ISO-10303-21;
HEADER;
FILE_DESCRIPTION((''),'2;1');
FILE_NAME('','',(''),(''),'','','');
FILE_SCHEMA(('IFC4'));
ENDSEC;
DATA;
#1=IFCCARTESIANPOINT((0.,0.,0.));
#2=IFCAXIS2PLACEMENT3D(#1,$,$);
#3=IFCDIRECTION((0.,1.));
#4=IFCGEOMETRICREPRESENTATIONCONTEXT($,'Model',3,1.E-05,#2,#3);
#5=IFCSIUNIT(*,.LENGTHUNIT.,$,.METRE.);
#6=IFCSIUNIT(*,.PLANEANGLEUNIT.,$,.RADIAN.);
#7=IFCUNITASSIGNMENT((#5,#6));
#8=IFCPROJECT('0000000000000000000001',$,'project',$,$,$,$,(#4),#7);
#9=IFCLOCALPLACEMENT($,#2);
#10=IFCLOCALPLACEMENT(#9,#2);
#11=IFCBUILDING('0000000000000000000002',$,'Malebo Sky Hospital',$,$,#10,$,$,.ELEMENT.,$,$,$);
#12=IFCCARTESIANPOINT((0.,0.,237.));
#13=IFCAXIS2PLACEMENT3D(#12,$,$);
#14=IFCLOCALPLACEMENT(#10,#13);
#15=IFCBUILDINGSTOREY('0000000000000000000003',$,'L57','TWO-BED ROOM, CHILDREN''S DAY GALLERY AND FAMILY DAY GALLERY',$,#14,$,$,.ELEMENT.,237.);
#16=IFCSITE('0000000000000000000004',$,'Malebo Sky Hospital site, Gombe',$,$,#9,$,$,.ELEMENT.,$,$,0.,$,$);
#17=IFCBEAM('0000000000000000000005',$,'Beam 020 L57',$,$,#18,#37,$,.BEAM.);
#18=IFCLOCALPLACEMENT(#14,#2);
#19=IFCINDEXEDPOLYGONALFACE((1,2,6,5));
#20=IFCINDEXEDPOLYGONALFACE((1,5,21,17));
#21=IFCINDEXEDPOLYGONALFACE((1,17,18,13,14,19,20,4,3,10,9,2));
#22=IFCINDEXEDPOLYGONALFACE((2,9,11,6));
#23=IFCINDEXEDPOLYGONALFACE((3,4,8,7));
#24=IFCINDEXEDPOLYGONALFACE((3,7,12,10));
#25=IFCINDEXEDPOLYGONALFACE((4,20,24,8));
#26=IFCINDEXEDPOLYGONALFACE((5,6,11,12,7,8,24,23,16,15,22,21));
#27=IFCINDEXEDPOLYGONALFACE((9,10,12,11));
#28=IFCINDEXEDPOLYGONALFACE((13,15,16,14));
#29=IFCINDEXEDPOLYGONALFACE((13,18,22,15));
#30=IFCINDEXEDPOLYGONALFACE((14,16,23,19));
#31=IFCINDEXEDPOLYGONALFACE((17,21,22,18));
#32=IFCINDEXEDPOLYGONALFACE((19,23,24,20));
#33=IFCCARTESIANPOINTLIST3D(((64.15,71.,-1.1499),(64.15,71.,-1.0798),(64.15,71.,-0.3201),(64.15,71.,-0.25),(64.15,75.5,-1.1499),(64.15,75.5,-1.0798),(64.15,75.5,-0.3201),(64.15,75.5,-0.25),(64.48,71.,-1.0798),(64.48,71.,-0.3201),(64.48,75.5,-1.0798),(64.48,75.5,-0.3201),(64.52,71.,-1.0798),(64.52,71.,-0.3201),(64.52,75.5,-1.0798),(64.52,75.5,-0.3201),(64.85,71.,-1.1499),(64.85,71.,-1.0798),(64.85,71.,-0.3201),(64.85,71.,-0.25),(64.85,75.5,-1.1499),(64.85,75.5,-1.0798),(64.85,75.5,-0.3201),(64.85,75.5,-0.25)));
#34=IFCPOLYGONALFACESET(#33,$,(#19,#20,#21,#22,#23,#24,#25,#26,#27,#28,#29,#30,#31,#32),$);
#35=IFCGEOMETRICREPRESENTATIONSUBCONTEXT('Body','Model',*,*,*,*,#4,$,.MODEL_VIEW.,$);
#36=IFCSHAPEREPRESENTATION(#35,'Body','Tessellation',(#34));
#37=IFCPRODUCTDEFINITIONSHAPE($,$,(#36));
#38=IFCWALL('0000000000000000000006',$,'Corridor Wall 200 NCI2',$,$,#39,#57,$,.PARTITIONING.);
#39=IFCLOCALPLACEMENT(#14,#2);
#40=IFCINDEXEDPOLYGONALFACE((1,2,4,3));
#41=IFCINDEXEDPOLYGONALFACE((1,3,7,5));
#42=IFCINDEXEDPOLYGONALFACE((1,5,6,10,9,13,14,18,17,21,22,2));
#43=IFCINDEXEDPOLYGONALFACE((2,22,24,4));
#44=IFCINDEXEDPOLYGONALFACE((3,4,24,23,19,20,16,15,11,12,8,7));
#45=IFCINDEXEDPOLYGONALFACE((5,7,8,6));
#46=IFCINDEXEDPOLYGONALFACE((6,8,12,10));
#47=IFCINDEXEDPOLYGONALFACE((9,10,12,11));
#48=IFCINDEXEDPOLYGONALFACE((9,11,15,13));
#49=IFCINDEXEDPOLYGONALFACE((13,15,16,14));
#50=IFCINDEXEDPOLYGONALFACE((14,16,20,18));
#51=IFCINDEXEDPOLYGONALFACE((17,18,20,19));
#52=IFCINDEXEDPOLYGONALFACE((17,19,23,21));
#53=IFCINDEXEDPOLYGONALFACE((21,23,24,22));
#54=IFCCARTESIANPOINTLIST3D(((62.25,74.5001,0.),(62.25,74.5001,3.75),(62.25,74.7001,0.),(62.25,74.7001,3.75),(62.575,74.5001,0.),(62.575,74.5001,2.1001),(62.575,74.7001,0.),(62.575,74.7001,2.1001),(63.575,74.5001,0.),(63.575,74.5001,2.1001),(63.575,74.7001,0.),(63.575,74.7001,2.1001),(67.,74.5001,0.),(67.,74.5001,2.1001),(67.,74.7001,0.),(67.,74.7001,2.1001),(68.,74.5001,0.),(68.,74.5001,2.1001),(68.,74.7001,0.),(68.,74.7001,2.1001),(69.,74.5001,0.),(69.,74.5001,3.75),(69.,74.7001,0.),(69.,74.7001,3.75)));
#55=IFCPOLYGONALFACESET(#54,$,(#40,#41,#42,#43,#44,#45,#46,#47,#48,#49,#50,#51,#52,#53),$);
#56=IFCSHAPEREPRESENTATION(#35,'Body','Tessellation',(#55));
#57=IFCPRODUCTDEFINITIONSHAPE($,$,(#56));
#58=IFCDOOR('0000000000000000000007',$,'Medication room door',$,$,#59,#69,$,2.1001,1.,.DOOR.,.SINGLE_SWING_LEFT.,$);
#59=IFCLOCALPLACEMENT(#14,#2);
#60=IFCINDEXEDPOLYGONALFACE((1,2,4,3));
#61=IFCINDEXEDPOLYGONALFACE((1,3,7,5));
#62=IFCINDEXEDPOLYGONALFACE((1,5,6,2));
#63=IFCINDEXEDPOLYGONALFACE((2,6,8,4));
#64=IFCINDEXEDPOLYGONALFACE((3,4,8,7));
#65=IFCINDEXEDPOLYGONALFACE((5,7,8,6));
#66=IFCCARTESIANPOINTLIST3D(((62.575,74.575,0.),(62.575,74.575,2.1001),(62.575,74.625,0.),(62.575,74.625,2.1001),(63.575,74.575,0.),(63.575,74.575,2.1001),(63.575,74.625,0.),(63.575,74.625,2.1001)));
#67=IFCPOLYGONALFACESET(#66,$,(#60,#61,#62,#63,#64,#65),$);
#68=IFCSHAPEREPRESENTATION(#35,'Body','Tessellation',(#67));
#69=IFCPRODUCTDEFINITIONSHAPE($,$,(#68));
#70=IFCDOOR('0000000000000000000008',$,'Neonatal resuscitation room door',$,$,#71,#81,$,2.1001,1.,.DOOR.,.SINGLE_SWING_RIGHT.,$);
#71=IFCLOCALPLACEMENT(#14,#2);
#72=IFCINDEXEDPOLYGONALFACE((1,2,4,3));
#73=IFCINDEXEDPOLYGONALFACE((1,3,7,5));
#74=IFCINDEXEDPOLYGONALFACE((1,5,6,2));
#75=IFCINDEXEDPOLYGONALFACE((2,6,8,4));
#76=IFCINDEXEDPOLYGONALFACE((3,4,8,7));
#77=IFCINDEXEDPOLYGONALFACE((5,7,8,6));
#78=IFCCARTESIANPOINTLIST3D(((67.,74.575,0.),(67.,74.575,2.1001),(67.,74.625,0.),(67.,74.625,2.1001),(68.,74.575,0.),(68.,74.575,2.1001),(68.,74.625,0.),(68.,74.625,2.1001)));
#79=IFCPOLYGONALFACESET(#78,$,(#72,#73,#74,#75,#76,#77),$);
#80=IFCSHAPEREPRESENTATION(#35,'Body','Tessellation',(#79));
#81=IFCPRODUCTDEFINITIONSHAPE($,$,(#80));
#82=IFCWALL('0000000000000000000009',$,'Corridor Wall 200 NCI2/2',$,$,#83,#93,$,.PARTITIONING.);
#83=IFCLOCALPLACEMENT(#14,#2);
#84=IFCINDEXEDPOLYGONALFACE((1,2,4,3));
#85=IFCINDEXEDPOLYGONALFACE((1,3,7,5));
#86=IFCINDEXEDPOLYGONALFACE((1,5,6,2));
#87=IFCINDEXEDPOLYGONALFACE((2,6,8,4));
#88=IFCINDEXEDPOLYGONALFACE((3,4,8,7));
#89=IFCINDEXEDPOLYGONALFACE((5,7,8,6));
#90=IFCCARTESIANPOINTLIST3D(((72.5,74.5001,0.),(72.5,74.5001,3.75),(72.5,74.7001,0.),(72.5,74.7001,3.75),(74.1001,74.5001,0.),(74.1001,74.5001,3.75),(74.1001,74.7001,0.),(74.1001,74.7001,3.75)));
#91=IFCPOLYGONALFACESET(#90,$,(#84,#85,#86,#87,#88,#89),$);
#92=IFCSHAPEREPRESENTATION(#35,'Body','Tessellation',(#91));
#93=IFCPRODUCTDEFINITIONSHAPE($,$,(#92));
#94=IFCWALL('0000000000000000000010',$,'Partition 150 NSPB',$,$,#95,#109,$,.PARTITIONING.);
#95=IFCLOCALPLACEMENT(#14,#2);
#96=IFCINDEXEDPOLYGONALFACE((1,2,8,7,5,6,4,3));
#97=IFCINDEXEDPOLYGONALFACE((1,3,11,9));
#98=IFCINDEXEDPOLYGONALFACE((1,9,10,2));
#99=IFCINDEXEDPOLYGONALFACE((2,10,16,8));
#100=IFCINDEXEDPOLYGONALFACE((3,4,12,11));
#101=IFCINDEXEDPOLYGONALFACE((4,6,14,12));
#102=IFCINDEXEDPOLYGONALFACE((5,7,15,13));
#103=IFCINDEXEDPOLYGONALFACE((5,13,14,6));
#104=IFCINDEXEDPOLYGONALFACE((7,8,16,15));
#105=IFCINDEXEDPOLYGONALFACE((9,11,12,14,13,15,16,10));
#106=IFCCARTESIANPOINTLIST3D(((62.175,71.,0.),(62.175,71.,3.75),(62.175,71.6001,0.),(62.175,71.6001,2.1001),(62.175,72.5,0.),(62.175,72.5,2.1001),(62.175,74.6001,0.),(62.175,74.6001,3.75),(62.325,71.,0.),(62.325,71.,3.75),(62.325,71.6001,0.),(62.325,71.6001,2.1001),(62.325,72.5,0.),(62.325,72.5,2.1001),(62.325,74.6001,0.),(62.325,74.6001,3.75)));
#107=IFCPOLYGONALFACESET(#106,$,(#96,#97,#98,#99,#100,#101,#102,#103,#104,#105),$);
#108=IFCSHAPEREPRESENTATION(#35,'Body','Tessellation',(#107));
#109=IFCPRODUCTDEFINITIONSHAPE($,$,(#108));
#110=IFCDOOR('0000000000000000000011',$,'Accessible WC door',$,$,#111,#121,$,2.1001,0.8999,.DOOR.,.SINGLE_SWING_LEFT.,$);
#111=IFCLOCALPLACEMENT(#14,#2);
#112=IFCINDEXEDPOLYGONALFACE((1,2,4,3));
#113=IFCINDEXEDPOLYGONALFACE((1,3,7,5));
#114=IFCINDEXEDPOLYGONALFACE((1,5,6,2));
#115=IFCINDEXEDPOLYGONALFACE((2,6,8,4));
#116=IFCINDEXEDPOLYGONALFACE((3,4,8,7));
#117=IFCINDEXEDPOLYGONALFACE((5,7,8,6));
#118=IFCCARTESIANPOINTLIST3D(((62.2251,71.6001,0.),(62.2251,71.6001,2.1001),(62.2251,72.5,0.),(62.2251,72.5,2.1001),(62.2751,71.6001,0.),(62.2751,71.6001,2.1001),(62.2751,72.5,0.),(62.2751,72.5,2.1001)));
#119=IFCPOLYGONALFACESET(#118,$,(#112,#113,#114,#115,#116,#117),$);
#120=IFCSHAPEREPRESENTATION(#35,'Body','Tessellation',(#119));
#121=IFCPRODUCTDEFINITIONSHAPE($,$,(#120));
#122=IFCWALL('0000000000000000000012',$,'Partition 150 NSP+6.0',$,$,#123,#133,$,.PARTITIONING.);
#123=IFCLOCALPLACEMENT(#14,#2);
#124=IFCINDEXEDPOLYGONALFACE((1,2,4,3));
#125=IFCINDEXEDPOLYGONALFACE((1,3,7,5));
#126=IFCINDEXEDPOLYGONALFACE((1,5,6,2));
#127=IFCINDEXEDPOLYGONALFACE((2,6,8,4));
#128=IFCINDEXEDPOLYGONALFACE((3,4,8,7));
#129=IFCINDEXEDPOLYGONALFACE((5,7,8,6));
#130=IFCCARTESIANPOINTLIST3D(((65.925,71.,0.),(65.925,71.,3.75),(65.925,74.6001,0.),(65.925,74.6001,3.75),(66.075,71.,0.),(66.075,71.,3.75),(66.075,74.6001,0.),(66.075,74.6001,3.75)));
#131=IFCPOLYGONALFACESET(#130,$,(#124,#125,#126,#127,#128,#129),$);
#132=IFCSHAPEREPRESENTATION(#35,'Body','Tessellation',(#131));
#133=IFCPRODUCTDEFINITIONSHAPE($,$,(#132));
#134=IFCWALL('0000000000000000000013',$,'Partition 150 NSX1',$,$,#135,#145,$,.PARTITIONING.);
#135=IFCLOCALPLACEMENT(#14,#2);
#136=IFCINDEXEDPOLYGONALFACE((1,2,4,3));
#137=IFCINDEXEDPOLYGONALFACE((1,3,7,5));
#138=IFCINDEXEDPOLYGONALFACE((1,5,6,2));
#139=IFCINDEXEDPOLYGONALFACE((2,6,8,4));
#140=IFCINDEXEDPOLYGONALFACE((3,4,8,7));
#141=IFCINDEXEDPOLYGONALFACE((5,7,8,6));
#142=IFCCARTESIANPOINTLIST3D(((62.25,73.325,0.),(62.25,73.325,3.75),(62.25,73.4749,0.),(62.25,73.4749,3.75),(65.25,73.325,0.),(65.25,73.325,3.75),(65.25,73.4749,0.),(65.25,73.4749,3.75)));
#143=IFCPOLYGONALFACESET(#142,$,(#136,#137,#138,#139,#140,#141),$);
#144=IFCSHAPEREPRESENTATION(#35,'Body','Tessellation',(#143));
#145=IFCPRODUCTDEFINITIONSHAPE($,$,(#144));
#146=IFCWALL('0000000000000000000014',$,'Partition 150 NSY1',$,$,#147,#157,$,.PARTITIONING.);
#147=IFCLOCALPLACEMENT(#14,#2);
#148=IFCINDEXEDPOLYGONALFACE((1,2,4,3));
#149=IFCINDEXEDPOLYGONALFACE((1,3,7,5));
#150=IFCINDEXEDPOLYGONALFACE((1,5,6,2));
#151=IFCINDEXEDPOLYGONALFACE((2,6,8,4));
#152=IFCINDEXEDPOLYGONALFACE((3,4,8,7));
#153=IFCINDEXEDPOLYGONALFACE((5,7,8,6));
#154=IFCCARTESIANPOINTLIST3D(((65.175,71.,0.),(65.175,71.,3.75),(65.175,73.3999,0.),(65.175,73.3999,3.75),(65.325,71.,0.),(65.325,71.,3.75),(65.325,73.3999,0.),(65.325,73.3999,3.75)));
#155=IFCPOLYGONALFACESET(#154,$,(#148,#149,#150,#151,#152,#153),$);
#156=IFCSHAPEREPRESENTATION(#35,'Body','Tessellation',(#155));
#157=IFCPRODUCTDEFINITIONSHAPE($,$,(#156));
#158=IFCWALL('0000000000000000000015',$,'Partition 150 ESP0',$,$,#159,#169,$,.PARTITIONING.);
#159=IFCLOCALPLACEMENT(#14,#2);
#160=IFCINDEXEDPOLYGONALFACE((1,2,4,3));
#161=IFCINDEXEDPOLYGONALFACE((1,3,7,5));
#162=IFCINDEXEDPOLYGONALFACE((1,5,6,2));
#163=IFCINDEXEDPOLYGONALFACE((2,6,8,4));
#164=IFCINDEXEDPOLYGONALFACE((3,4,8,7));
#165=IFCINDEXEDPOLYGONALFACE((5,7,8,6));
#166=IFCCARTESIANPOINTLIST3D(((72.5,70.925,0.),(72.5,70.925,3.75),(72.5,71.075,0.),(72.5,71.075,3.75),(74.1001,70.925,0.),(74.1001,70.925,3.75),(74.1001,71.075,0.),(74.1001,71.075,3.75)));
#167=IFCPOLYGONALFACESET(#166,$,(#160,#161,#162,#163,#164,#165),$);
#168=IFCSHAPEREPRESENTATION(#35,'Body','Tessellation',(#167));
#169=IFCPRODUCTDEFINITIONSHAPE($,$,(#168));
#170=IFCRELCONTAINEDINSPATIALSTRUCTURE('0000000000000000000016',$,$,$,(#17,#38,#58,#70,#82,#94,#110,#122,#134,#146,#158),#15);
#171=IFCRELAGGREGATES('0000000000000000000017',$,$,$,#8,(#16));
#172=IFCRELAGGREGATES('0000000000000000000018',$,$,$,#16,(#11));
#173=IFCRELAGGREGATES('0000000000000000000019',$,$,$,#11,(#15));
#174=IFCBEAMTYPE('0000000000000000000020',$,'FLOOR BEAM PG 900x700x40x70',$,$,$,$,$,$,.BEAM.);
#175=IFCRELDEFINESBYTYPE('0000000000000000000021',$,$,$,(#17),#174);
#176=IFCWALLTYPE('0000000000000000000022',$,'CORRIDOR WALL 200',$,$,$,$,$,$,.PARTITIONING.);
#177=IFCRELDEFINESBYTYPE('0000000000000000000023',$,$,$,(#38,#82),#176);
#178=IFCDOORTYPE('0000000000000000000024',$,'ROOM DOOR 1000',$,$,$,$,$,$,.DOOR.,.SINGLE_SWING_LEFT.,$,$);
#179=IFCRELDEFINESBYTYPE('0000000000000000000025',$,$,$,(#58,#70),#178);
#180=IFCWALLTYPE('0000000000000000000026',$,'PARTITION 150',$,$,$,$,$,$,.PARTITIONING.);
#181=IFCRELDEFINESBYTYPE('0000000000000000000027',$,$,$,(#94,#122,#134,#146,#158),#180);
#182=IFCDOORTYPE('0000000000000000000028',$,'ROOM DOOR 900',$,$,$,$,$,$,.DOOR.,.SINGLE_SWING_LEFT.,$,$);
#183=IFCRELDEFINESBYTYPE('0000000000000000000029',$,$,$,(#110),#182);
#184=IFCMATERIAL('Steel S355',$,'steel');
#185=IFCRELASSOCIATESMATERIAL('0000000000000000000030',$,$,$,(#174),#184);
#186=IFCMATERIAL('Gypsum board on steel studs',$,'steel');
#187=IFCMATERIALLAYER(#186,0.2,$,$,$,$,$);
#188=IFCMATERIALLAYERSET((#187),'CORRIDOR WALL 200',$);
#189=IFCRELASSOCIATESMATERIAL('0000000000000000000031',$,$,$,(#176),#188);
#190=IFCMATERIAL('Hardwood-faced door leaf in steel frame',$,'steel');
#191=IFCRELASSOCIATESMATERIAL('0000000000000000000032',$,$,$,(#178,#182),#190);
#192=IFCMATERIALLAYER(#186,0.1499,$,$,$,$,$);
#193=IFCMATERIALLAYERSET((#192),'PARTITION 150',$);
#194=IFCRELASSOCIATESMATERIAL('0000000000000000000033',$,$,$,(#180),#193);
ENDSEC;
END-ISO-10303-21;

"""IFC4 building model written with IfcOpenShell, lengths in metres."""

from ifc_helpers import new_model, si_unit, direction, frame, frame_2d, origin, origin_2d, place, context, subcontext, project, spatial, rectangle, i_section, extrude, material, layer, layer_set, material_profile, profile_set, type_object, element, fill, save


model = new_model("IFC4")

# Units and contexts
model_context = context("Model", 3, precision=1e-05, world=origin(), true_north=direction((0.0, 1.0)))
body_context = subcontext(model_context, "Body", "Model", "MODEL_VIEW")
ifc_project = project(units=[si_unit("LENGTHUNIT", "METRE"), si_unit("PLANEANGLEUNIT", "RADIAN")], contexts=[model_context])

# Site, building, storey
site_placement = place(None, origin())
site = spatial("IfcSite", under=ifc_project, at=site_placement, Name="Malebo Sky Hospital site, Gombe", CompositionType="ELEMENT", RefElevation=0.0)
building_placement = place(site_placement, origin())
building = spatial("IfcBuilding", under=site, at=building_placement, Name="Malebo Sky Hospital", CompositionType="ELEMENT")
storey_placement = place(building_placement, frame((0.0, 0.0, 237.0)))
storey = spatial("IfcBuildingStorey", under=building, at=storey_placement, Name="L57", Description="TWO-BED ROOM, CHILDREN'S DAY GALLERY AND FAMILY DAY GALLERY", CompositionType="ELEMENT", Elevation=237.0)

# Beam
ifc_material_1 = material(Name="Steel S355", Category="steel")
ifc_material_profile = material_profile(ifc_material_1, i_section(OverallWidth=0.7, OverallDepth=0.8999, WebThickness=0.04, FlangeThickness=0.0701, at=origin_2d()), Name="PG 900x700x40x70")
ifc_profile_set = profile_set([ifc_material_profile], Name="Steel S355")
beam_type = type_object("IfcBeamType", Name="FLOOR BEAM PG 900x700x40x70", PredefinedType="BEAM", material=ifc_profile_set)
beam_placement = place(storey_placement, frame((64.5, 71.0, -0.7), z_axis=(0.0, 1.0, 0.0), x_axis=(-1.0, 0.0, 0.0)))
element("IfcBeam", 1, at=beam_placement, inside=storey, type_object=beam_type, Name="Beam 020 L57", PredefinedType="BEAM", context=body_context, shape_type="SweptSolid", body=[
    extrude(i_section(OverallWidth=0.7, OverallDepth=0.8999, WebThickness=0.04, FlangeThickness=0.0701, at=origin_2d()), origin(), (0.0, 0.0, 1.0), 4.5),
])

# Wall, openings, doors
ifc_material_2 = material(Name="Gypsum board on steel studs", Category="steel")
ifc_layer_1 = layer(ifc_material_2, 0.2)
ifc_layer_set_1 = layer_set([ifc_layer_1], Name="CORRIDOR WALL 200")
wall_type_1 = type_object("IfcWallType", Name="CORRIDOR WALL 200", PredefinedType="PARTITIONING", material=ifc_layer_set_1)
wall_1_placement = place(storey_placement, frame((62.25, 74.6001, 0.0), z_axis=(0.0, 0.0, 1.0), x_axis=(1.0, 0.0, 0.0)))
wall_1 = element("IfcWall", 2, at=wall_1_placement, inside=storey, type_object=wall_type_1, Name="Corridor Wall 200 NCI2", PredefinedType="PARTITIONING", context=body_context, shape_type="SweptSolid", body=[
    extrude(rectangle(XDim=6.75, YDim=0.2, at=frame_2d((3.375, 0.0))), origin(), (0.0, 0.0, 1.0), 3.75),
])
opening_1_placement = place(wall_1_placement, frame((0.325, 0.0, 0.0)))
opening_1 = element("IfcOpeningElement", 3, at=opening_1_placement, cuts=wall_1, PredefinedType="OPENING", context=body_context, shape_type="SweptSolid", body=[
    extrude(rectangle(XDim=1.0, YDim=2.1001, at=frame_2d((0.5, 1.05))), frame((0.0, 0.1099, 0.0), z_axis=(0.0, -1.0, 0.0), x_axis=(1.0, 0.0, 0.0)), (0.0, 0.0, 1.0), 0.22),
])
opening_2_placement = place(wall_1_placement, frame((4.75, 0.0, 0.0)))
opening_2 = element("IfcOpeningElement", 4, at=opening_2_placement, cuts=wall_1, PredefinedType="OPENING", context=body_context, shape_type="SweptSolid", body=[
    extrude(rectangle(XDim=1.0, YDim=2.1001, at=frame_2d((0.5, 1.05))), frame((0.0, 0.1099, 0.0), z_axis=(0.0, -1.0, 0.0), x_axis=(1.0, 0.0, 0.0)), (0.0, 0.0, 1.0), 0.22),
])
ifc_material_3 = material(Name="Hardwood-faced door leaf in steel frame", Category="steel")
door_type_1 = type_object("IfcDoorType", Name="ROOM DOOR 1000", OperationType="SINGLE_SWING_LEFT", PredefinedType="DOOR", material=ifc_material_3)
door_1_placement = place(opening_1_placement, origin())
door_1 = element("IfcDoor", 5, at=door_1_placement, inside=storey, type_object=door_type_1, Name="Medication room door", OperationType="SINGLE_SWING_LEFT", OverallHeight=2.1001, OverallWidth=1.0, PredefinedType="DOOR", context=body_context, shape_type="SweptSolid", body=[
    extrude(rectangle(XDim=1.0, YDim=2.1001, at=frame_2d((0.5, 1.05))), frame((0.0, 0.0249, 0.0), z_axis=(0.0, -1.0, 0.0), x_axis=(1.0, 0.0, 0.0)), (0.0, 0.0, 1.0), 0.05),
])
fill(opening_1, door_1)
door_2_placement = place(opening_2_placement, origin())
door_2 = element("IfcDoor", 6, at=door_2_placement, inside=storey, type_object=door_type_1, Name="Neonatal resuscitation room door", OperationType="SINGLE_SWING_RIGHT", OverallHeight=2.1001, OverallWidth=1.0, PredefinedType="DOOR", context=body_context, shape_type="SweptSolid", body=[
    extrude(rectangle(XDim=1.0, YDim=2.1001, at=frame_2d((0.5, 1.05))), frame((0.0, 0.0249, 0.0), z_axis=(0.0, -1.0, 0.0), x_axis=(1.0, 0.0, 0.0)), (0.0, 0.0, 1.0), 0.05),
])
fill(opening_2, door_2)

# Wall
wall_2_placement = place(storey_placement, frame((72.5, 74.6001, 0.0), z_axis=(0.0, 0.0, 1.0), x_axis=(1.0, 0.0, 0.0)))
element("IfcWall", 7, at=wall_2_placement, inside=storey, type_object=wall_type_1, Name="Corridor Wall 200 NCI2/2", PredefinedType="PARTITIONING", context=body_context, shape_type="SweptSolid", body=[
    extrude(rectangle(XDim=1.6001, YDim=0.2, at=frame_2d((0.8, 0.0))), origin(), (0.0, 0.0, 1.0), 3.75),
])

# Wall, opening, door
ifc_layer_2 = layer(ifc_material_2, 0.1499)
ifc_layer_set_2 = layer_set([ifc_layer_2], Name="PARTITION 150")
wall_type_2 = type_object("IfcWallType", Name="PARTITION 150", PredefinedType="PARTITIONING", material=ifc_layer_set_2)
wall_3_placement = place(storey_placement, frame((62.25, 71.0, 0.0), z_axis=(0.0, 0.0, 1.0), x_axis=(0.0, 1.0, 0.0)))
wall_3 = element("IfcWall", 8, at=wall_3_placement, inside=storey, type_object=wall_type_2, Name="Partition 150 NSPB", PredefinedType="PARTITIONING", context=body_context, shape_type="SweptSolid", body=[
    extrude(rectangle(XDim=3.6001, YDim=0.1499, at=frame_2d((1.8, 0.0))), origin(), (0.0, 0.0, 1.0), 3.75),
])
opening_3_placement = place(wall_3_placement, frame((0.6001, 0.0, 0.0)))
opening_3 = element("IfcOpeningElement", 9, at=opening_3_placement, cuts=wall_3, PredefinedType="OPENING", context=body_context, shape_type="SweptSolid", body=[
    extrude(rectangle(XDim=0.8999, YDim=2.1001, at=frame_2d((0.45, 1.05))), frame((0.0, 0.085, 0.0), z_axis=(0.0, -1.0, 0.0), x_axis=(1.0, 0.0, 0.0)), (0.0, 0.0, 1.0), 0.1699),
])
door_type_2 = type_object("IfcDoorType", Name="ROOM DOOR 900", OperationType="SINGLE_SWING_LEFT", PredefinedType="DOOR", material=ifc_material_3)
door_3_placement = place(opening_3_placement, origin())
door_3 = element("IfcDoor", 10, at=door_3_placement, inside=storey, type_object=door_type_2, Name="Accessible WC door", OperationType="SINGLE_SWING_LEFT", OverallHeight=2.1001, OverallWidth=0.8999, PredefinedType="DOOR", context=body_context, shape_type="SweptSolid", body=[
    extrude(rectangle(XDim=0.8999, YDim=2.1001, at=frame_2d((0.45, 1.05))), frame((0.0, 0.0249, 0.0), z_axis=(0.0, -1.0, 0.0), x_axis=(1.0, 0.0, 0.0)), (0.0, 0.0, 1.0), 0.05),
])
fill(opening_3, door_3)

# Walls
wall_4_placement = place(storey_placement, frame((66.0, 71.0, 0.0), z_axis=(0.0, 0.0, 1.0), x_axis=(0.0, 1.0, 0.0)))
element("IfcWall", 11, at=wall_4_placement, inside=storey, type_object=wall_type_2, Name="Partition 150 NSP+6.0", PredefinedType="PARTITIONING", context=body_context, shape_type="SweptSolid", body=[
    extrude(rectangle(XDim=3.6001, YDim=0.1499, at=frame_2d((1.8, 0.0))), origin(), (0.0, 0.0, 1.0), 3.75),
])
wall_5_placement = place(storey_placement, frame((62.25, 73.3999, 0.0), z_axis=(0.0, 0.0, 1.0), x_axis=(1.0, 0.0, 0.0)))
element("IfcWall", 12, at=wall_5_placement, inside=storey, type_object=wall_type_2, Name="Partition 150 NSX1", PredefinedType="PARTITIONING", context=body_context, shape_type="SweptSolid", body=[
    extrude(rectangle(XDim=3.0, YDim=0.1499, at=frame_2d((1.5, 0.0))), origin(), (0.0, 0.0, 1.0), 3.75),
])
wall_6_placement = place(storey_placement, frame((65.25, 71.0, 0.0), z_axis=(0.0, 0.0, 1.0), x_axis=(0.0, 1.0, 0.0)))
element("IfcWall", 13, at=wall_6_placement, inside=storey, type_object=wall_type_2, Name="Partition 150 NSY1", PredefinedType="PARTITIONING", context=body_context, shape_type="SweptSolid", body=[
    extrude(rectangle(XDim=2.3999, YDim=0.1499, at=frame_2d((1.2, 0.0))), origin(), (0.0, 0.0, 1.0), 3.75),
])
wall_7_placement = place(storey_placement, frame((72.5, 71.0, 0.0), z_axis=(0.0, 0.0, 1.0), x_axis=(1.0, 0.0, 0.0)))
element("IfcWall", 14, at=wall_7_placement, inside=storey, type_object=wall_type_2, Name="Partition 150 ESP0", PredefinedType="PARTITIONING", context=body_context, shape_type="SweptSolid", body=[
    extrude(rectangle(XDim=1.6001, YDim=0.1499, at=frame_2d((0.8, 0.0))), origin(), (0.0, 0.0, 1.0), 3.75),
])

save(model, "model.ifc")
